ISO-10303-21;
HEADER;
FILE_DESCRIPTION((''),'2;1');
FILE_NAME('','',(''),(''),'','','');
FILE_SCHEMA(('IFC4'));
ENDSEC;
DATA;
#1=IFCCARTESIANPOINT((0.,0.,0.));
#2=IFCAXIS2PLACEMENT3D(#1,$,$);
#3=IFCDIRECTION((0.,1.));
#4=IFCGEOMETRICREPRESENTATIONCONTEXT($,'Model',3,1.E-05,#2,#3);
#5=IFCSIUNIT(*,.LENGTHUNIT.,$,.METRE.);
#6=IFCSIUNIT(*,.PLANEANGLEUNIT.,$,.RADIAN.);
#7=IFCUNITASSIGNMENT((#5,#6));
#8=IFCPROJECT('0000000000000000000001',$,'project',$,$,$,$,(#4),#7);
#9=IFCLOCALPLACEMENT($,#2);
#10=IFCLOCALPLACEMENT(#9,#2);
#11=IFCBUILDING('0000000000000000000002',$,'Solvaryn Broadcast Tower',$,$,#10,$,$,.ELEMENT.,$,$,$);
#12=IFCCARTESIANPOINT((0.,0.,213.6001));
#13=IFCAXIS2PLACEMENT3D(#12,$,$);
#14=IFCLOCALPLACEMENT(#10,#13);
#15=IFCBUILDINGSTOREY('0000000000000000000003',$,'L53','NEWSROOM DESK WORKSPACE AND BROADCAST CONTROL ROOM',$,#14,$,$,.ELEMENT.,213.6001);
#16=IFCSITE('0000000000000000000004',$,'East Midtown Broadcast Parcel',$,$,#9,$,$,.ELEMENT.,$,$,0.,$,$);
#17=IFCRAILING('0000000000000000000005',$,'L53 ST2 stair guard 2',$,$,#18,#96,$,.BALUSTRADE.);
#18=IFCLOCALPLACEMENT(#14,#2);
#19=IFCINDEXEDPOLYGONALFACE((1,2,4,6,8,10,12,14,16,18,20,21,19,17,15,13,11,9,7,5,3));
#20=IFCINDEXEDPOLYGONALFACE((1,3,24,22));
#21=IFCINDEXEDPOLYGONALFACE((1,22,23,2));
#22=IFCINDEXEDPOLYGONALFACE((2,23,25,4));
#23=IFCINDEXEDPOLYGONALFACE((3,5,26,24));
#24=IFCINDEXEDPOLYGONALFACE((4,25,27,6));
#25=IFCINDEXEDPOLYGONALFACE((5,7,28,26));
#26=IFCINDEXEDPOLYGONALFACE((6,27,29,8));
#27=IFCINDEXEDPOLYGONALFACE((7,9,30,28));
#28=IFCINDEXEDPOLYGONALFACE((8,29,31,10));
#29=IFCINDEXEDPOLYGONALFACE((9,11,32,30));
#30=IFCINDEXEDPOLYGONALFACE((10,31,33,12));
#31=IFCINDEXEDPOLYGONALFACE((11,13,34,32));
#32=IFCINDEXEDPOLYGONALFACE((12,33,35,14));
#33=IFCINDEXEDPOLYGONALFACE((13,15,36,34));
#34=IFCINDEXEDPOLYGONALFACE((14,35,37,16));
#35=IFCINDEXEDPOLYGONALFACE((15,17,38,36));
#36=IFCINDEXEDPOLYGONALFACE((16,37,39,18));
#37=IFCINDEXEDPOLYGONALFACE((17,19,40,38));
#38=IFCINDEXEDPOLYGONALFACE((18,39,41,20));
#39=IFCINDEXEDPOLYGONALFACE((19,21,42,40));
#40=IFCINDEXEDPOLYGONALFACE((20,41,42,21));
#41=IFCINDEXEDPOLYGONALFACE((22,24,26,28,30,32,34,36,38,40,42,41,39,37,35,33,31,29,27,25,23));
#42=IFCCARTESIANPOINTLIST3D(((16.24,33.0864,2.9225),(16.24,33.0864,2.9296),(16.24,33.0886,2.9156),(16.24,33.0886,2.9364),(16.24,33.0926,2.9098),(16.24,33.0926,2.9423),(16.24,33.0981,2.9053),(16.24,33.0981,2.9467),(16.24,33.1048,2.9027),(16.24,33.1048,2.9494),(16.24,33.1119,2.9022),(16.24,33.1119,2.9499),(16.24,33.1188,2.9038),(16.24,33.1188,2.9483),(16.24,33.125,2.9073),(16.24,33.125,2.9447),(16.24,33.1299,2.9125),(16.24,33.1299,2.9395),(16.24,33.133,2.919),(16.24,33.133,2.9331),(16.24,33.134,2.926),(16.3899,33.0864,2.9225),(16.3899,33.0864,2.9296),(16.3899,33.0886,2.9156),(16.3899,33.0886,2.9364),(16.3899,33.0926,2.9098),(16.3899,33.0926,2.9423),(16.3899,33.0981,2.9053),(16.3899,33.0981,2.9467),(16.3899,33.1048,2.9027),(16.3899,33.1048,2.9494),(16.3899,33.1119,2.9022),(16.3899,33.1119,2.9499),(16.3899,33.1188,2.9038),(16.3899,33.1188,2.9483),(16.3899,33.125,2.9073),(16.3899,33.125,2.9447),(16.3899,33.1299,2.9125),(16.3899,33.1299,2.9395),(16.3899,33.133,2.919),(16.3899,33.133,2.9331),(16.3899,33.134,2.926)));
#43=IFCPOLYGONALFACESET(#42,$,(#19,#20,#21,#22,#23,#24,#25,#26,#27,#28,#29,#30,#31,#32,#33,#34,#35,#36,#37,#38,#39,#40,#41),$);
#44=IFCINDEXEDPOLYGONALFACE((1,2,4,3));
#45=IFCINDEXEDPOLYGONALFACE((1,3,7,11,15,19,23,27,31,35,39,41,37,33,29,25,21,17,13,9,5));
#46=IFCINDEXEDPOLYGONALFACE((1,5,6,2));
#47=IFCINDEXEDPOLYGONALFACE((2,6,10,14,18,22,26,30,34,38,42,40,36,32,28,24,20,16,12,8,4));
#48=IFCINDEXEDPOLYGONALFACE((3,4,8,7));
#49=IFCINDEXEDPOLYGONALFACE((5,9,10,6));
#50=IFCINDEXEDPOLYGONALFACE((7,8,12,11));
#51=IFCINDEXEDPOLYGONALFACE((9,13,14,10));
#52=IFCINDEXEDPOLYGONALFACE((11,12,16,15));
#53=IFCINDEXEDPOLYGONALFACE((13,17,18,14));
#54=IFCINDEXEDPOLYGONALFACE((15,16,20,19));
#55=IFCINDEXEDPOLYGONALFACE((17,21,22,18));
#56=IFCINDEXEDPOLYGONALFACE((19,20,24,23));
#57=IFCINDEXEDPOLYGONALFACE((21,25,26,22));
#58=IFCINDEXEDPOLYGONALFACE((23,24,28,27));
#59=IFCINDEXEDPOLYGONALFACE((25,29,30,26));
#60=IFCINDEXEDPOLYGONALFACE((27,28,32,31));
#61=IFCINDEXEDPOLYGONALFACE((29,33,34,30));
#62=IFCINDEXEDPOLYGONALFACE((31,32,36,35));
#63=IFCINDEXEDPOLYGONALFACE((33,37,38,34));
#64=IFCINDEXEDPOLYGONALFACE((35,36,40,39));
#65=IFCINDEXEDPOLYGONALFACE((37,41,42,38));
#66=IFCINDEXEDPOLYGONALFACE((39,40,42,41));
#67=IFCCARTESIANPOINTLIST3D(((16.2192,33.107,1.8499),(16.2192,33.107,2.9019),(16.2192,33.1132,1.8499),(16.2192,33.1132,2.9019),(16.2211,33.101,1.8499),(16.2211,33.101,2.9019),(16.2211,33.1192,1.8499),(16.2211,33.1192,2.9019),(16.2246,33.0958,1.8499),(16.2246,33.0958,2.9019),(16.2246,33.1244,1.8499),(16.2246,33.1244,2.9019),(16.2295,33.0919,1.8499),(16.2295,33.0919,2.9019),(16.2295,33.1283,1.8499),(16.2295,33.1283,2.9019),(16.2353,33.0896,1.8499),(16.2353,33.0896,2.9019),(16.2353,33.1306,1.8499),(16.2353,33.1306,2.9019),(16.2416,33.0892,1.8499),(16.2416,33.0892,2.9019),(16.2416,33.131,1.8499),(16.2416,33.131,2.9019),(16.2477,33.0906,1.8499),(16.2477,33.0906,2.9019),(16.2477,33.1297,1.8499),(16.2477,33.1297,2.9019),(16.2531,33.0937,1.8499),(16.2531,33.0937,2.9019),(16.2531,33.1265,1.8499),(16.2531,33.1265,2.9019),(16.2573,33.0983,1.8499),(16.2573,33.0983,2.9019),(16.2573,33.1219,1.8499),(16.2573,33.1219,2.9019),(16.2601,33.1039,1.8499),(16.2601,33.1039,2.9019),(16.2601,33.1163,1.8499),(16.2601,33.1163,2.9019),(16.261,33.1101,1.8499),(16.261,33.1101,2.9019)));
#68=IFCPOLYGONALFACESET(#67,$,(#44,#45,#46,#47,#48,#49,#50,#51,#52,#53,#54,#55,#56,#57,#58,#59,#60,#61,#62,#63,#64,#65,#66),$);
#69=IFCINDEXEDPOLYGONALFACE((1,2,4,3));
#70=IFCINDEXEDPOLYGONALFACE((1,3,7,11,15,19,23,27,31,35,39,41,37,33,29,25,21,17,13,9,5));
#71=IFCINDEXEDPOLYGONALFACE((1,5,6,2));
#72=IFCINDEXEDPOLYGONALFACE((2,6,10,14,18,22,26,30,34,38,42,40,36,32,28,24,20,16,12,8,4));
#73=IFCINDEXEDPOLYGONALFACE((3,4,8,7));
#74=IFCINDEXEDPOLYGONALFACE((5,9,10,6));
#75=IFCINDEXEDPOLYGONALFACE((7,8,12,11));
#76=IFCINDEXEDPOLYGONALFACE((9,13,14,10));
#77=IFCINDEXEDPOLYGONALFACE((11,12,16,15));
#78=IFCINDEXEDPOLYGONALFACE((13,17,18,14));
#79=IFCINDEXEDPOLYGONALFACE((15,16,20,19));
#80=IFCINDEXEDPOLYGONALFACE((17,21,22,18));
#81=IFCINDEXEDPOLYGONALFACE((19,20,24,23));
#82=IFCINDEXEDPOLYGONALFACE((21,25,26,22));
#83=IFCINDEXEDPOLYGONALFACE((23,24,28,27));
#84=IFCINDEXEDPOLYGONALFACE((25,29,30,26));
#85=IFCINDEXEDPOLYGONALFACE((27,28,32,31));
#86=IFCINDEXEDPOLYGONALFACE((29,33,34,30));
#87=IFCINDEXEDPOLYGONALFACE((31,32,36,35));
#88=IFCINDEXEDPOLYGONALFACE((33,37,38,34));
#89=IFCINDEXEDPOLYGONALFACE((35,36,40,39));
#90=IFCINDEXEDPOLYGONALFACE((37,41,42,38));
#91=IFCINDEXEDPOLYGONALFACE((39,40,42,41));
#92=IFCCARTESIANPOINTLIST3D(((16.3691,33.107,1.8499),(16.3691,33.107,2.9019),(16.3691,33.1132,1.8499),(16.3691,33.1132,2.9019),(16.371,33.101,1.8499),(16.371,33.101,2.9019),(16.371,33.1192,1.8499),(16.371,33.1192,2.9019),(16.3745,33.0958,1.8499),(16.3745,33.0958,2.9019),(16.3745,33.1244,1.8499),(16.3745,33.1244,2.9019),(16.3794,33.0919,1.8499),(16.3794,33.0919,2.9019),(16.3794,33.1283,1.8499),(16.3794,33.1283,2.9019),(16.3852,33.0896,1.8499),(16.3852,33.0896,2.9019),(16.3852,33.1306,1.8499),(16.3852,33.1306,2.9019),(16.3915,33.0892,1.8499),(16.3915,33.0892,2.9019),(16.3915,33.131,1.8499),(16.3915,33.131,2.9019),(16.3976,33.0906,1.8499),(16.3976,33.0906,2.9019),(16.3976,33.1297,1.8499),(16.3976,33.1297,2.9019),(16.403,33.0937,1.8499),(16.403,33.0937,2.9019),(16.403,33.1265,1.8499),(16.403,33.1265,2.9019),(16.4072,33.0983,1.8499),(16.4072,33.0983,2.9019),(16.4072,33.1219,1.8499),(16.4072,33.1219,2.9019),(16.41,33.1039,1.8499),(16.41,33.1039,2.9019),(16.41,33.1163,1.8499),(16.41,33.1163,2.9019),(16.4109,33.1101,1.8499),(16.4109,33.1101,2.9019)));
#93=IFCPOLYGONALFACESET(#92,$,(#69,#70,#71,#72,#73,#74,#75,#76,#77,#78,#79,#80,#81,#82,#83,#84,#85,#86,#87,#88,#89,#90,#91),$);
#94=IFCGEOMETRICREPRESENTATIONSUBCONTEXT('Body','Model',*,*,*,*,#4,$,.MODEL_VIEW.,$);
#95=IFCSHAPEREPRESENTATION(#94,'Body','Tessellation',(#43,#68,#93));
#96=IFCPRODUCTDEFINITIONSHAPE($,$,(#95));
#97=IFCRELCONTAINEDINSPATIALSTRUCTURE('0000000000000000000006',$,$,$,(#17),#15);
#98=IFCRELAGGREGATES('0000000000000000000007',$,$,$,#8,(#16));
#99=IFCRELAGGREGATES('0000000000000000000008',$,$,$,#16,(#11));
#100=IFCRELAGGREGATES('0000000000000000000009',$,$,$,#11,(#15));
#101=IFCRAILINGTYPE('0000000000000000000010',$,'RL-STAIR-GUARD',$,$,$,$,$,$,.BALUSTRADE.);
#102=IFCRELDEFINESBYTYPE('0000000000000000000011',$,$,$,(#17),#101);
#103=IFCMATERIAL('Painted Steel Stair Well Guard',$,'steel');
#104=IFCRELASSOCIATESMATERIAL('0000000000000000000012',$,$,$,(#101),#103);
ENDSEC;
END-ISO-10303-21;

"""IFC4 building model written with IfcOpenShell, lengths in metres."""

from ifc_helpers import new_model, si_unit, direction, frame, origin, origin_2d, place, context, subcontext, project, spatial, circle, extrude, material, type_object, element, save


model = new_model("IFC4")

# Units and contexts
model_context = context("Model", 3, precision=1e-05, world=origin(), true_north=direction((0.0, 1.0)))
body_context = subcontext(model_context, "Body", "Model", "MODEL_VIEW")
ifc_project = project(units=[si_unit("LENGTHUNIT", "METRE"), si_unit("PLANEANGLEUNIT", "RADIAN")], contexts=[model_context])

# Site, building, storey
site_placement = place(None, origin())
site = spatial("IfcSite", under=ifc_project, at=site_placement, Name="East Midtown Broadcast Parcel", CompositionType="ELEMENT", RefElevation=0.0)
building_placement = place(site_placement, origin())
building = spatial("IfcBuilding", under=site, at=building_placement, Name="Solvaryn Broadcast Tower", CompositionType="ELEMENT")
storey_placement = place(building_placement, frame((0.0, 0.0, 213.6001)))
storey = spatial("IfcBuildingStorey", under=building, at=storey_placement, Name="L53", Description="NEWSROOM DESK WORKSPACE AND BROADCAST CONTROL ROOM", CompositionType="ELEMENT", Elevation=213.6001)

# Railing
ifc_material_1 = material(Name="Painted Steel Stair Well Guard", Category="steel")
railing_type_1 = type_object("IfcRailingType", Name="RL-STAIR-GUARD", PredefinedType="BALUSTRADE", material=ifc_material_1)
railing_1_placement = place(storey_placement, frame((16.24, 33.1101, 1.8499)))
element("IfcRailing", 1, at=railing_1_placement, inside=storey, type_object=railing_type_1, Name="L53 ST2 stair guard 2", PredefinedType="BALUSTRADE", context=body_context, shape_type="SweptSolid", body=[
    extrude(circle(Radius=0.0239, at=origin_2d()), frame((0.0, 0.0, 1.0762), z_axis=(1.0, 0.0, 0.0), x_axis=(0.0, 1.0, 0.0)), (0.0, 0.0, 1.0), 0.1499),
    extrude(circle(Radius=0.021, at=origin_2d()), origin(), (0.0, 0.0, 1.0), 1.052),
    extrude(circle(Radius=0.021, at=origin_2d()), frame((0.1499, 0.0, 0.0)), (0.0, 0.0, 1.0), 1.052),
])

save(model, "model.ifc")
